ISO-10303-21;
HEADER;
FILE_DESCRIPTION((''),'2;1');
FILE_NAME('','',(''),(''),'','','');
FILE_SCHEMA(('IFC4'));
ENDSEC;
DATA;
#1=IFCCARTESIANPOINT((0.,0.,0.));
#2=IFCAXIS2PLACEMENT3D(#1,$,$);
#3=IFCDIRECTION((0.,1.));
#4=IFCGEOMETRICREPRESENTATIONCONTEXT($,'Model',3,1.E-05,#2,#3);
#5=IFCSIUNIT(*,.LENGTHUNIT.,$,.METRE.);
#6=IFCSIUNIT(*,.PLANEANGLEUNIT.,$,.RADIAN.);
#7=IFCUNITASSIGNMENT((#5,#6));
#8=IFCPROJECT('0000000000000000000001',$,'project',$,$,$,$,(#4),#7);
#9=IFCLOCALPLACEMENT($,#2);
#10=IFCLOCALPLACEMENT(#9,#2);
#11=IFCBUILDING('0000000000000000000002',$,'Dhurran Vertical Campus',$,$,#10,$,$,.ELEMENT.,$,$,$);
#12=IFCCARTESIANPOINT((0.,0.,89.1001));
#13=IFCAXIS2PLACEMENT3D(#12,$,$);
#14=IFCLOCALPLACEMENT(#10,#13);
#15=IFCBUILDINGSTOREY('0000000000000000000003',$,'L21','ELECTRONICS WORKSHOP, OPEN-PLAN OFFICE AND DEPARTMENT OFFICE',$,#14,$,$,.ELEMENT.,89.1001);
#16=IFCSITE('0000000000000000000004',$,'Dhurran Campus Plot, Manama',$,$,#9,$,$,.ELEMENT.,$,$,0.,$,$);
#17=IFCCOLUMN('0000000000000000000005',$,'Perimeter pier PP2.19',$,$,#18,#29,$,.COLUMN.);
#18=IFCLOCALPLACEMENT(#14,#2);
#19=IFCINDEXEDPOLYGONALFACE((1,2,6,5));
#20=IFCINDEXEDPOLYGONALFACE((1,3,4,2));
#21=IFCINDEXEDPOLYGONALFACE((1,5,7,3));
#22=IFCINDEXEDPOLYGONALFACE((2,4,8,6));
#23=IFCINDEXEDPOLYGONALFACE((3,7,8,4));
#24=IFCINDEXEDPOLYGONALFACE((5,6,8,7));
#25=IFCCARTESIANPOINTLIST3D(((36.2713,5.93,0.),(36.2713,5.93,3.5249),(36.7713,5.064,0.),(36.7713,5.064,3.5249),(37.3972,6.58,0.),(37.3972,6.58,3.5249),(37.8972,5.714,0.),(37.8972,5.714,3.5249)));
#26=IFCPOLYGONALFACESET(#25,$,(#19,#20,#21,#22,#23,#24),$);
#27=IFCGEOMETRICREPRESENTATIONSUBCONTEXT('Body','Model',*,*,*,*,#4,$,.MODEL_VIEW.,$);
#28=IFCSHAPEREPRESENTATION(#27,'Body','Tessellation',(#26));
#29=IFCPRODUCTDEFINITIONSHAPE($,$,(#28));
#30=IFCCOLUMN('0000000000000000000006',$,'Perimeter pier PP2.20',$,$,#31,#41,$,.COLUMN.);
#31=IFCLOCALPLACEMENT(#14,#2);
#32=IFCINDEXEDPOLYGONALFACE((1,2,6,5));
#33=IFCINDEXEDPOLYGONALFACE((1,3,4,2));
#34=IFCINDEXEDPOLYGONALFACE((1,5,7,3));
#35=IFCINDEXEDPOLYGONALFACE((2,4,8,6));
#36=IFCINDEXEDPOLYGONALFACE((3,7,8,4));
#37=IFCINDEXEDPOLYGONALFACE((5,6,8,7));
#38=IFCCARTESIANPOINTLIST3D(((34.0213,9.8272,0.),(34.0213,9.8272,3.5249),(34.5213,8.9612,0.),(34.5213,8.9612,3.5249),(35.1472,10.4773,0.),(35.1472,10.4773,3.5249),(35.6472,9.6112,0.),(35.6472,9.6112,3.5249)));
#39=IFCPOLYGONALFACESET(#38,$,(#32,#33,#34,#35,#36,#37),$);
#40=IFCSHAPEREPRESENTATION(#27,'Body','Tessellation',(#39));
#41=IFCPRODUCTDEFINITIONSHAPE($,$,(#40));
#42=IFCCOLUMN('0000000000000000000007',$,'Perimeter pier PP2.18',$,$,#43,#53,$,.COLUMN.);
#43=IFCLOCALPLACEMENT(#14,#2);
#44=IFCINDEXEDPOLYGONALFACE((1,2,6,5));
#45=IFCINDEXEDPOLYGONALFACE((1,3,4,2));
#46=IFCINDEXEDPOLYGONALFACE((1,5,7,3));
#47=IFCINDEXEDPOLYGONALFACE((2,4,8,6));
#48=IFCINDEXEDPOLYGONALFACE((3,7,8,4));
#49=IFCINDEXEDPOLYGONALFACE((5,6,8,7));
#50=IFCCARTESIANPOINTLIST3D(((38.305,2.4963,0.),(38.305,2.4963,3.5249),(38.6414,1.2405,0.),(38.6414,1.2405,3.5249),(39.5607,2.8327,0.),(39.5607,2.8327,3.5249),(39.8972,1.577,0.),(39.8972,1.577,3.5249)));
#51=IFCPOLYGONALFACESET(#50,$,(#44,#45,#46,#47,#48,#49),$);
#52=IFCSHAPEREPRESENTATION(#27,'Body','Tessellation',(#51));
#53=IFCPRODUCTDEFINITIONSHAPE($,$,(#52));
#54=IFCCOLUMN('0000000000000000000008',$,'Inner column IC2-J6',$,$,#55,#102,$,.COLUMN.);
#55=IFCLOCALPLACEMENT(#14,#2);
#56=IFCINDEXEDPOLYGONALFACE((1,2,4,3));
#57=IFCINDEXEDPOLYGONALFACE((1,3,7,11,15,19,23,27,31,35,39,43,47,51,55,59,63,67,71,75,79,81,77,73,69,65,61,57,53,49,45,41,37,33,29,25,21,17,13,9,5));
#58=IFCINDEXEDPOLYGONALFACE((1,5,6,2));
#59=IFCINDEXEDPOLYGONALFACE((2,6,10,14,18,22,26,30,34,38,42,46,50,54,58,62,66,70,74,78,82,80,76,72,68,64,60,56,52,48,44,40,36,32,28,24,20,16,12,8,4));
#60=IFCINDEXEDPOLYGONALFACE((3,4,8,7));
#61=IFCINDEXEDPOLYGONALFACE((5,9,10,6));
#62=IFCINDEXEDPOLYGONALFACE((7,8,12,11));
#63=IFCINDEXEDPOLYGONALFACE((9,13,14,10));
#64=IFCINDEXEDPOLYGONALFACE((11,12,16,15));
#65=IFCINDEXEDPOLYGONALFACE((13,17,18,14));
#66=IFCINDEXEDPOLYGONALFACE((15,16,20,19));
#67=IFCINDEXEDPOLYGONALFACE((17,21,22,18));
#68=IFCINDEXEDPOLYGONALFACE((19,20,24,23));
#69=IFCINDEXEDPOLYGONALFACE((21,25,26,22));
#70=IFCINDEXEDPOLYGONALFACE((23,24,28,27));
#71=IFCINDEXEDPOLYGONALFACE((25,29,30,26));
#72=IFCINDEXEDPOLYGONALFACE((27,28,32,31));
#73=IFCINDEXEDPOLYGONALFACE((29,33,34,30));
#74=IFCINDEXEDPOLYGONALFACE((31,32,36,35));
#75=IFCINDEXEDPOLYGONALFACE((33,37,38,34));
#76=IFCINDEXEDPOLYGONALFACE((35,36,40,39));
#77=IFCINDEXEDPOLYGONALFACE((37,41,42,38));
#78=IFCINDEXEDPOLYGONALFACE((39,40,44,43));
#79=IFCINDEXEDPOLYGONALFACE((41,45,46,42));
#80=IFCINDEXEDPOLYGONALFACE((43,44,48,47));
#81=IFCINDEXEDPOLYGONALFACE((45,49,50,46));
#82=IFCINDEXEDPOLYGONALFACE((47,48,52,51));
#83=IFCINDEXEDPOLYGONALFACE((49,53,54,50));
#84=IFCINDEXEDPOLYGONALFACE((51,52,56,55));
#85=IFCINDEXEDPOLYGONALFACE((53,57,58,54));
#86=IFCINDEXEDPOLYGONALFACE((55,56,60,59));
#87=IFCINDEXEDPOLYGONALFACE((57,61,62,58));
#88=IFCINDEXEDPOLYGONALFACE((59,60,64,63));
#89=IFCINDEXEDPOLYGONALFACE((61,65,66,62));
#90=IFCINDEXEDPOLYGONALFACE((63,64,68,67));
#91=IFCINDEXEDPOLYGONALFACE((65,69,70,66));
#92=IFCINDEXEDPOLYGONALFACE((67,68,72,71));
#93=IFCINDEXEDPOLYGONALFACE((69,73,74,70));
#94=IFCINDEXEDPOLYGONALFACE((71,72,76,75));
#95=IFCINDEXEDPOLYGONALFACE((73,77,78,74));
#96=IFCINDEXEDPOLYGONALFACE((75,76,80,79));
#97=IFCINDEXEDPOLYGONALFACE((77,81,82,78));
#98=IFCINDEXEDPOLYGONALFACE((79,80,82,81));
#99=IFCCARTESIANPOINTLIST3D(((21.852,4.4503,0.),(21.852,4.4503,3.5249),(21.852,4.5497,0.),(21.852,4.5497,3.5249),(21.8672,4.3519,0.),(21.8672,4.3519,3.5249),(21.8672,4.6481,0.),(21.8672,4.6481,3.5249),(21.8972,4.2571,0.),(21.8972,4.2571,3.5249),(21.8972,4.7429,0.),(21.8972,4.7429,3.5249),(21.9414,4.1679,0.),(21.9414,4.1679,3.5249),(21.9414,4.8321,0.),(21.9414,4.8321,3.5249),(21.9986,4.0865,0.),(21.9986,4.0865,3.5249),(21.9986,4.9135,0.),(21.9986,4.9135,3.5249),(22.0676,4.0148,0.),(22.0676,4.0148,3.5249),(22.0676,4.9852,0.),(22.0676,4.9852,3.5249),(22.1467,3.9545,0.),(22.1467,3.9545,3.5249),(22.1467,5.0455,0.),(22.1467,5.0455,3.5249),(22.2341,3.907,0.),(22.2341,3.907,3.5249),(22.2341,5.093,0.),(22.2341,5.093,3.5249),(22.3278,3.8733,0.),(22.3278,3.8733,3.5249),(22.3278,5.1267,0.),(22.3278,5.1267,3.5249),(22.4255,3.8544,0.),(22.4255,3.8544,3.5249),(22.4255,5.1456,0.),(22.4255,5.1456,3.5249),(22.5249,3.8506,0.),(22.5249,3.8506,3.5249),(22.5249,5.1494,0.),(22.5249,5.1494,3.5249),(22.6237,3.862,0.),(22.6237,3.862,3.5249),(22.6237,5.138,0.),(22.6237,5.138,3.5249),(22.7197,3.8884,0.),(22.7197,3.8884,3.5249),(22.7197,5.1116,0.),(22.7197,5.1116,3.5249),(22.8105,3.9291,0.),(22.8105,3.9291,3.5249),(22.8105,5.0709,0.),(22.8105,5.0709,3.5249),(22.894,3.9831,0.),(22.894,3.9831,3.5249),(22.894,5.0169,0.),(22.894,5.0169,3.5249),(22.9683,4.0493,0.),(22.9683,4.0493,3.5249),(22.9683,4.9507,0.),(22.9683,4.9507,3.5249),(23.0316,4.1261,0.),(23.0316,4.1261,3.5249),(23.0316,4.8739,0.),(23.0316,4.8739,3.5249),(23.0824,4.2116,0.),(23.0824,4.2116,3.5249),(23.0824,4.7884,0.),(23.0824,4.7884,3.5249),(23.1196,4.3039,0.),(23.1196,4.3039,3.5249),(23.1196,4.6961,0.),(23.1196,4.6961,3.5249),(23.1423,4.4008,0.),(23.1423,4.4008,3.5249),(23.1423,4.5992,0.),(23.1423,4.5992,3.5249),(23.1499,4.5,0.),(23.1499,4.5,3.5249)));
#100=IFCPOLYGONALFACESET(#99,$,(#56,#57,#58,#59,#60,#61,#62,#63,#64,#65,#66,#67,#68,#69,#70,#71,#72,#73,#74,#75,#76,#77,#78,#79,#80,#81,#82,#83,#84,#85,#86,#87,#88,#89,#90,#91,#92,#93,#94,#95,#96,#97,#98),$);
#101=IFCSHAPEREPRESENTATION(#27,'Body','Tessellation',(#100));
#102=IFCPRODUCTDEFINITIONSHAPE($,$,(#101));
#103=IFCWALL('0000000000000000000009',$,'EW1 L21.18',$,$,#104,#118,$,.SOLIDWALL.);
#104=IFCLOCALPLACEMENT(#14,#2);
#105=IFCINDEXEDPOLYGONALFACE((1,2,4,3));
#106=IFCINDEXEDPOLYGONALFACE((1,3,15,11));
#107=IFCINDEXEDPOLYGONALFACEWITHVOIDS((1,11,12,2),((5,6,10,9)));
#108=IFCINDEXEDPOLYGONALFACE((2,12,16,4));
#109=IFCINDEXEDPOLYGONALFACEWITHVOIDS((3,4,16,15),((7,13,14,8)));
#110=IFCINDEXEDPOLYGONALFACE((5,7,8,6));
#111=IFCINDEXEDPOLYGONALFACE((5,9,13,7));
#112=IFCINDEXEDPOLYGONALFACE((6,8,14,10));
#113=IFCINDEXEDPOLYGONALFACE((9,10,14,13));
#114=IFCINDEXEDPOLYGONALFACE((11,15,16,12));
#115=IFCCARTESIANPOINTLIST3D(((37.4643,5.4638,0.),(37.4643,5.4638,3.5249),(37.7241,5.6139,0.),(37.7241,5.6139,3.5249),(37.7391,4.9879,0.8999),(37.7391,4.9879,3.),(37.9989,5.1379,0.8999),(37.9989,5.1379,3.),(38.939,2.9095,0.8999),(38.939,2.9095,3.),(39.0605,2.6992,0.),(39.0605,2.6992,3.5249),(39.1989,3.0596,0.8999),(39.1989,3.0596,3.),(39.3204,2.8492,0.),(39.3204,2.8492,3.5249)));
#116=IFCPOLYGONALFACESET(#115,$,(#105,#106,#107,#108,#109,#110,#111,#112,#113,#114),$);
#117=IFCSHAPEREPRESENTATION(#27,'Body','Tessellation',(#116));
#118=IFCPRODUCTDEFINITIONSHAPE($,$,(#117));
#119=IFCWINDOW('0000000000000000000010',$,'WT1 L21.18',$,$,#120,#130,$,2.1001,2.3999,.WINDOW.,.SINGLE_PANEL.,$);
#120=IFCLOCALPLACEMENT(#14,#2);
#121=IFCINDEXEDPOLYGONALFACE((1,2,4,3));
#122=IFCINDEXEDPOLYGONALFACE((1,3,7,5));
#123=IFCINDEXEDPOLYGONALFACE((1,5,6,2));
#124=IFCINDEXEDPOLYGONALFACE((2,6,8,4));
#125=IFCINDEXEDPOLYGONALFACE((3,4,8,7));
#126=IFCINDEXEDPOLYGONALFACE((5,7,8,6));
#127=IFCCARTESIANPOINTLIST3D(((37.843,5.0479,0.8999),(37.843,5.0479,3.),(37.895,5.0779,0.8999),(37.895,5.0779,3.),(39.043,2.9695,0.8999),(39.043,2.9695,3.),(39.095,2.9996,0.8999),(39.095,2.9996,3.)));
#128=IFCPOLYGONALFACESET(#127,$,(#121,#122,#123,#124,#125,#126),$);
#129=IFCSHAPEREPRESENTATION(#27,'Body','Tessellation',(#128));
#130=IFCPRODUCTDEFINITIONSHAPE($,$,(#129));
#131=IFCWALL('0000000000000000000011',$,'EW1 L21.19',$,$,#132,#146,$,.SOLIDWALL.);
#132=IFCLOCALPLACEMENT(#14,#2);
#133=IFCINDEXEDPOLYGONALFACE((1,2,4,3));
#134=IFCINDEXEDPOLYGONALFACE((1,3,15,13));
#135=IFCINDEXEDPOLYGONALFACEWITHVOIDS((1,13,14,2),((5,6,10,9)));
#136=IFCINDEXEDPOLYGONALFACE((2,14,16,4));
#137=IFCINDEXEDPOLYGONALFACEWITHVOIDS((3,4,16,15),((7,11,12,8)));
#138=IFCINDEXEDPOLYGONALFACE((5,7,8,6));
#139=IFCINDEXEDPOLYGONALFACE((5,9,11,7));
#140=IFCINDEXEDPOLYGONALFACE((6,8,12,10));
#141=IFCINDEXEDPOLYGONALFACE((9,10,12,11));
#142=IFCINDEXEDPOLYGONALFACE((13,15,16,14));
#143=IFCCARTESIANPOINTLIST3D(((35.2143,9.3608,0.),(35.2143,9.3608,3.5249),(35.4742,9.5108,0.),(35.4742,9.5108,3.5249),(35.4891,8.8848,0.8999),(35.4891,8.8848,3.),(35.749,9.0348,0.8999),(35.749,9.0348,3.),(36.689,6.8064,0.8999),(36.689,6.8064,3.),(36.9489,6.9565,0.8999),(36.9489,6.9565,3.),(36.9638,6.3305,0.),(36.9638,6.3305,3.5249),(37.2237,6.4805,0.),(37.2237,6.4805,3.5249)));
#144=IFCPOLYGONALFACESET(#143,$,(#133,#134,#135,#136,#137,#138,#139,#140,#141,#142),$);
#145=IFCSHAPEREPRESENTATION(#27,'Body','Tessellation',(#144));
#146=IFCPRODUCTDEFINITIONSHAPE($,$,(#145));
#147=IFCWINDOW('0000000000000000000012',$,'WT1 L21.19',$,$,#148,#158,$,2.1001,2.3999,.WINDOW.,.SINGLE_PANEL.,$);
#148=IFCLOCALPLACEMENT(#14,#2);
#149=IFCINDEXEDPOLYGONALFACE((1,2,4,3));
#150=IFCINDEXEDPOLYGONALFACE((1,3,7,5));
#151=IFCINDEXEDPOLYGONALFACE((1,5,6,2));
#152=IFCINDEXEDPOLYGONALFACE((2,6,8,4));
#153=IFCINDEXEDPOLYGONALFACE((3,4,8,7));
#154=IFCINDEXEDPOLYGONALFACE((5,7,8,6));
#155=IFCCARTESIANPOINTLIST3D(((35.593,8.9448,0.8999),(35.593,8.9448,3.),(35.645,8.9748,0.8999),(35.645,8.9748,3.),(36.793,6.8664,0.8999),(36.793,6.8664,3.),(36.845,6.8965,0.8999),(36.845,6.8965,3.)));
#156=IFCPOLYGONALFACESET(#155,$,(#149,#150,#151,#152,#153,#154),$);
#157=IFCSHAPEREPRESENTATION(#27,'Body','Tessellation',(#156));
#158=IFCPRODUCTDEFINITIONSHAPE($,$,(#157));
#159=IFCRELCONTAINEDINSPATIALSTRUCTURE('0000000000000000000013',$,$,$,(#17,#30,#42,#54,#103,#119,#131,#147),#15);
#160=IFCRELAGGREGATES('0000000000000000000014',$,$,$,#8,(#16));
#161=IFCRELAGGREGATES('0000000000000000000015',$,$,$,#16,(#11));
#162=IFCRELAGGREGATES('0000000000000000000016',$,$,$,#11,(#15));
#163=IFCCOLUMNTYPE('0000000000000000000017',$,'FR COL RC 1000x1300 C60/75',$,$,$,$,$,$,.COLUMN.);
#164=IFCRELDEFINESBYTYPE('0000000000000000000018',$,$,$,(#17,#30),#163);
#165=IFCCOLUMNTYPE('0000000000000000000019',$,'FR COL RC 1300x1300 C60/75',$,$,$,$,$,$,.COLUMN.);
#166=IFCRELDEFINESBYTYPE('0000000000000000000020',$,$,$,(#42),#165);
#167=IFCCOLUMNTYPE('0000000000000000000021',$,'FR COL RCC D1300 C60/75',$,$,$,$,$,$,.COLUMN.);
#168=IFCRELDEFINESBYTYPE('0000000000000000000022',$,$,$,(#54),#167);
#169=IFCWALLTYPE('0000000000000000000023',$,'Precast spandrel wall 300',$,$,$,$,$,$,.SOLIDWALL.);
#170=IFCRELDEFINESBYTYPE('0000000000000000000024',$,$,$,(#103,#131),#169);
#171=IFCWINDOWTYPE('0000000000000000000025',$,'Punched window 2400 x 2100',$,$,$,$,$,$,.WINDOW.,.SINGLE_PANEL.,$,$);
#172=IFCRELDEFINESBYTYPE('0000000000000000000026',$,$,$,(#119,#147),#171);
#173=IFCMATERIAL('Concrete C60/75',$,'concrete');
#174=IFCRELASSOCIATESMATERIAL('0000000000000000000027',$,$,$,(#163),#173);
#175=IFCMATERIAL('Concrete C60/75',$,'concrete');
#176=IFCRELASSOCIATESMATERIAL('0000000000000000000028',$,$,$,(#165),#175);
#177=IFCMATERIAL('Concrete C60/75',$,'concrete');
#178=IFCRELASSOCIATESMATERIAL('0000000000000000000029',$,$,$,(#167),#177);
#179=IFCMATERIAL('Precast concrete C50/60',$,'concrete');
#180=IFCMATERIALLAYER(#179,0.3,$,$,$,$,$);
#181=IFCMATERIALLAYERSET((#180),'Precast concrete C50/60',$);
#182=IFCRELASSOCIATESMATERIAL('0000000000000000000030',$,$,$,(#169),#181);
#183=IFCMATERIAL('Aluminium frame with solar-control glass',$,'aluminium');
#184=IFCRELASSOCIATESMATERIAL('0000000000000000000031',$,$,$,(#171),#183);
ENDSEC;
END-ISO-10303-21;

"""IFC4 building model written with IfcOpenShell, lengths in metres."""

from ifc_helpers import new_model, si_unit, direction, frame, frame_2d, origin, origin_2d, place, context, subcontext, project, spatial, rectangle, circle, extrude, material, layer, layer_set, material_profile, profile_set, type_object, element, fill, save


model = new_model("IFC4")

# Units and contexts
model_context = context("Model", 3, precision=1e-05, world=origin(), true_north=direction((0.0, 1.0)))
body_context = subcontext(model_context, "Body", "Model", "MODEL_VIEW")
ifc_project = project(units=[si_unit("LENGTHUNIT", "METRE"), si_unit("PLANEANGLEUNIT", "RADIAN")], contexts=[model_context])

# Site, building, storey
site_placement = place(None, origin())
site = spatial("IfcSite", under=ifc_project, at=site_placement, Name="Dhurran Campus Plot, Manama", CompositionType="ELEMENT", RefElevation=0.0)
building_placement = place(site_placement, origin())
building = spatial("IfcBuilding", under=site, at=building_placement, Name="Dhurran Vertical Campus", CompositionType="ELEMENT")
storey_placement = place(building_placement, frame((0.0, 0.0, 89.1001)))
storey = spatial("IfcBuildingStorey", under=building, at=storey_placement, Name="L21", Description="ELECTRONICS WORKSHOP, OPEN-PLAN OFFICE AND DEPARTMENT OFFICE", CompositionType="ELEMENT", Elevation=89.1001)

# Columns
ifc_material_1 = material(Name="Concrete C60/75", Category="concrete")
ifc_material_profile_1 = material_profile(ifc_material_1, rectangle(XDim=1.0, YDim=1.3, at=origin_2d()), Name="RC 1000x1300")
ifc_profile_set_1 = profile_set([ifc_material_profile_1], Name="Concrete C60/75")
column_type_1 = type_object("IfcColumnType", Name="FR COL RC 1000x1300 C60/75", PredefinedType="COLUMN", material=ifc_profile_set_1)
for number, where, z_axis, x_axis, name in (
    (1, (37.0842, 5.822, 0.0), (0.0, 0.0, 1.0), (-0.5, 0.866025, 0.0), "Perimeter pier PP2.19"),
    (2, (34.8342, 9.7192, 0.0), (0.0, 0.0, 1.0), (-0.5, 0.866025, 0.0), "Perimeter pier PP2.20"),
):
    element("IfcColumn", number, at=place(storey_placement, frame(where, z_axis=z_axis, x_axis=x_axis)), inside=storey, type_object=column_type_1, Name=name, PredefinedType="COLUMN", context=body_context, shape_type="SweptSolid", body=[
        extrude(rectangle(XDim=1.0, YDim=1.3, at=origin_2d()), origin(), (0.0, 0.0, 1.0), 3.5249),
    ])
ifc_material_2 = material(Name="Concrete C60/75", Category="concrete")
ifc_material_profile_2 = material_profile(ifc_material_2, rectangle(XDim=1.3, YDim=1.3, at=origin_2d()), Name="RC 1300x1300")
ifc_profile_set_2 = profile_set([ifc_material_profile_2], Name="Concrete C60/75")
column_type_2 = type_object("IfcColumnType", Name="FR COL RC 1300x1300 C60/75", PredefinedType="COLUMN", material=ifc_profile_set_2)
column_1_placement = place(storey_placement, frame((39.1011, 2.0366, 0.0), z_axis=(0.0, 0.0, 1.0), x_axis=(-0.258819, 0.965926, 0.0)))
element("IfcColumn", 3, at=column_1_placement, inside=storey, type_object=column_type_2, Name="Perimeter pier PP2.18", PredefinedType="COLUMN", context=body_context, shape_type="SweptSolid", body=[
    extrude(rectangle(XDim=1.3, YDim=1.3, at=origin_2d()), origin(), (0.0, 0.0, 1.0), 3.5249),
])
ifc_material_3 = material(Name="Concrete C60/75", Category="concrete")
ifc_material_profile_3 = material_profile(ifc_material_3, circle(Radius=0.6499, at=origin_2d()), Name="RCC D1300")
ifc_profile_set_3 = profile_set([ifc_material_profile_3], Name="Concrete C60/75")
column_type_3 = type_object("IfcColumnType", Name="FR COL RCC D1300 C60/75", PredefinedType="COLUMN", material=ifc_profile_set_3)
column_2_placement = place(storey_placement, frame((22.5, 4.5, 0.0), z_axis=(0.0, 0.0, 1.0), x_axis=(1.0, 0.0, 0.0)))
element("IfcColumn", 4, at=column_2_placement, inside=storey, type_object=column_type_3, Name="Inner column IC2-J6", PredefinedType="COLUMN", context=body_context, shape_type="SweptSolid", body=[
    extrude(circle(Radius=0.6499, at=origin_2d()), origin(), (0.0, 0.0, 1.0), 3.5249),
])

# Walls, openings, windows
ifc_material_4 = material(Name="Precast concrete C50/60", Category="concrete")
ifc_layer_1 = layer(ifc_material_4, 0.3)
ifc_layer_set_1 = layer_set([ifc_layer_1], Name="Precast concrete C50/60")
wall_type_1 = type_object("IfcWallType", Name="Precast spandrel wall 300", PredefinedType="SOLIDWALL", material=ifc_layer_set_1)
wall_1_placement = place(storey_placement, frame((39.1904, 2.7742, 0.0), z_axis=(0.0, 0.0, 1.0), x_axis=(-0.500005, 0.866023, 0.0)))
wall_1 = element("IfcWall", 5, at=wall_1_placement, inside=storey, type_object=wall_type_1, Name="EW1 L21.18", PredefinedType="SOLIDWALL", context=body_context, shape_type="SweptSolid", body=[
    extrude(rectangle(XDim=3.1924, YDim=0.3, at=frame_2d((1.5962, 0.0))), origin(), (0.0, 0.0, 1.0), 3.5249),
])
opening_1_placement = place(wall_1_placement, frame((0.2429, 0.0, 0.8999)))
opening_1 = element("IfcOpeningElement", 6, at=opening_1_placement, cuts=wall_1, PredefinedType="OPENING", context=body_context, shape_type="SweptSolid", body=[
    extrude(rectangle(XDim=2.3999, YDim=2.1001, at=frame_2d((1.2, 1.05))), frame((0.0, 0.1599, 0.0), z_axis=(0.0, -1.0, 0.0), x_axis=(1.0, 0.0, 0.0)), (0.0, 0.0, 1.0), 0.3201),
])
ifc_material_5 = material(Name="Aluminium frame with solar-control glass", Category="aluminium")
window_type = type_object("IfcWindowType", Name="Punched window 2400 x 2100", PartitioningType="SINGLE_PANEL", PredefinedType="WINDOW", material=ifc_material_5)
window_1_placement = place(opening_1_placement, origin())
window_1 = element("IfcWindow", 7, at=window_1_placement, inside=storey, type_object=window_type, Name="WT1 L21.18", OverallHeight=2.1001, OverallWidth=2.3999, PartitioningType="SINGLE_PANEL", PredefinedType="WINDOW", context=body_context, shape_type="SweptSolid", body=[
    extrude(rectangle(XDim=2.3999, YDim=2.1001, at=frame_2d((1.2, 1.05))), frame((0.0, 0.03, 0.0), z_axis=(0.0, -1.0, 0.0), x_axis=(1.0, 0.0, 0.0)), (0.0, 0.0, 1.0), 0.0601),
])
fill(opening_1, window_1)
wall_2_placement = place(storey_placement, frame((37.0938, 6.4055, 0.0), z_axis=(0.0, 0.0, 1.0), x_axis=(-0.499996, 0.866028, 0.0)))
wall_2 = element("IfcWall", 8, at=wall_2_placement, inside=storey, type_object=wall_type_1, Name="EW1 L21.19", PredefinedType="SOLIDWALL", context=body_context, shape_type="SweptSolid", body=[
    extrude(rectangle(XDim=3.499, YDim=0.3, at=frame_2d((1.7495, 0.0))), origin(), (0.0, 0.0, 1.0), 3.5249),
])
opening_2_placement = place(wall_2_placement, frame((0.5496, 0.0, 0.8999)))
opening_2 = element("IfcOpeningElement", 9, at=opening_2_placement, cuts=wall_2, PredefinedType="OPENING", context=body_context, shape_type="SweptSolid", body=[
    extrude(rectangle(XDim=2.3999, YDim=2.1001, at=frame_2d((1.2, 1.05))), frame((0.0, 0.1599, 0.0), z_axis=(0.0, -1.0, 0.0), x_axis=(1.0, 0.0, 0.0)), (0.0, 0.0, 1.0), 0.3201),
])
window_2_placement = place(opening_2_placement, origin())
window_2 = element("IfcWindow", 10, at=window_2_placement, inside=storey, type_object=window_type, Name="WT1 L21.19", OverallHeight=2.1001, OverallWidth=2.3999, PartitioningType="SINGLE_PANEL", PredefinedType="WINDOW", context=body_context, shape_type="SweptSolid", body=[
    extrude(rectangle(XDim=2.3999, YDim=2.1001, at=frame_2d((1.2, 1.05))), frame((0.0, 0.03, 0.0), z_axis=(0.0, -1.0, 0.0), x_axis=(1.0, 0.0, 0.0)), (0.0, 0.0, 1.0), 0.0601),
])
fill(opening_2, window_2)

save(model, "model.ifc")
